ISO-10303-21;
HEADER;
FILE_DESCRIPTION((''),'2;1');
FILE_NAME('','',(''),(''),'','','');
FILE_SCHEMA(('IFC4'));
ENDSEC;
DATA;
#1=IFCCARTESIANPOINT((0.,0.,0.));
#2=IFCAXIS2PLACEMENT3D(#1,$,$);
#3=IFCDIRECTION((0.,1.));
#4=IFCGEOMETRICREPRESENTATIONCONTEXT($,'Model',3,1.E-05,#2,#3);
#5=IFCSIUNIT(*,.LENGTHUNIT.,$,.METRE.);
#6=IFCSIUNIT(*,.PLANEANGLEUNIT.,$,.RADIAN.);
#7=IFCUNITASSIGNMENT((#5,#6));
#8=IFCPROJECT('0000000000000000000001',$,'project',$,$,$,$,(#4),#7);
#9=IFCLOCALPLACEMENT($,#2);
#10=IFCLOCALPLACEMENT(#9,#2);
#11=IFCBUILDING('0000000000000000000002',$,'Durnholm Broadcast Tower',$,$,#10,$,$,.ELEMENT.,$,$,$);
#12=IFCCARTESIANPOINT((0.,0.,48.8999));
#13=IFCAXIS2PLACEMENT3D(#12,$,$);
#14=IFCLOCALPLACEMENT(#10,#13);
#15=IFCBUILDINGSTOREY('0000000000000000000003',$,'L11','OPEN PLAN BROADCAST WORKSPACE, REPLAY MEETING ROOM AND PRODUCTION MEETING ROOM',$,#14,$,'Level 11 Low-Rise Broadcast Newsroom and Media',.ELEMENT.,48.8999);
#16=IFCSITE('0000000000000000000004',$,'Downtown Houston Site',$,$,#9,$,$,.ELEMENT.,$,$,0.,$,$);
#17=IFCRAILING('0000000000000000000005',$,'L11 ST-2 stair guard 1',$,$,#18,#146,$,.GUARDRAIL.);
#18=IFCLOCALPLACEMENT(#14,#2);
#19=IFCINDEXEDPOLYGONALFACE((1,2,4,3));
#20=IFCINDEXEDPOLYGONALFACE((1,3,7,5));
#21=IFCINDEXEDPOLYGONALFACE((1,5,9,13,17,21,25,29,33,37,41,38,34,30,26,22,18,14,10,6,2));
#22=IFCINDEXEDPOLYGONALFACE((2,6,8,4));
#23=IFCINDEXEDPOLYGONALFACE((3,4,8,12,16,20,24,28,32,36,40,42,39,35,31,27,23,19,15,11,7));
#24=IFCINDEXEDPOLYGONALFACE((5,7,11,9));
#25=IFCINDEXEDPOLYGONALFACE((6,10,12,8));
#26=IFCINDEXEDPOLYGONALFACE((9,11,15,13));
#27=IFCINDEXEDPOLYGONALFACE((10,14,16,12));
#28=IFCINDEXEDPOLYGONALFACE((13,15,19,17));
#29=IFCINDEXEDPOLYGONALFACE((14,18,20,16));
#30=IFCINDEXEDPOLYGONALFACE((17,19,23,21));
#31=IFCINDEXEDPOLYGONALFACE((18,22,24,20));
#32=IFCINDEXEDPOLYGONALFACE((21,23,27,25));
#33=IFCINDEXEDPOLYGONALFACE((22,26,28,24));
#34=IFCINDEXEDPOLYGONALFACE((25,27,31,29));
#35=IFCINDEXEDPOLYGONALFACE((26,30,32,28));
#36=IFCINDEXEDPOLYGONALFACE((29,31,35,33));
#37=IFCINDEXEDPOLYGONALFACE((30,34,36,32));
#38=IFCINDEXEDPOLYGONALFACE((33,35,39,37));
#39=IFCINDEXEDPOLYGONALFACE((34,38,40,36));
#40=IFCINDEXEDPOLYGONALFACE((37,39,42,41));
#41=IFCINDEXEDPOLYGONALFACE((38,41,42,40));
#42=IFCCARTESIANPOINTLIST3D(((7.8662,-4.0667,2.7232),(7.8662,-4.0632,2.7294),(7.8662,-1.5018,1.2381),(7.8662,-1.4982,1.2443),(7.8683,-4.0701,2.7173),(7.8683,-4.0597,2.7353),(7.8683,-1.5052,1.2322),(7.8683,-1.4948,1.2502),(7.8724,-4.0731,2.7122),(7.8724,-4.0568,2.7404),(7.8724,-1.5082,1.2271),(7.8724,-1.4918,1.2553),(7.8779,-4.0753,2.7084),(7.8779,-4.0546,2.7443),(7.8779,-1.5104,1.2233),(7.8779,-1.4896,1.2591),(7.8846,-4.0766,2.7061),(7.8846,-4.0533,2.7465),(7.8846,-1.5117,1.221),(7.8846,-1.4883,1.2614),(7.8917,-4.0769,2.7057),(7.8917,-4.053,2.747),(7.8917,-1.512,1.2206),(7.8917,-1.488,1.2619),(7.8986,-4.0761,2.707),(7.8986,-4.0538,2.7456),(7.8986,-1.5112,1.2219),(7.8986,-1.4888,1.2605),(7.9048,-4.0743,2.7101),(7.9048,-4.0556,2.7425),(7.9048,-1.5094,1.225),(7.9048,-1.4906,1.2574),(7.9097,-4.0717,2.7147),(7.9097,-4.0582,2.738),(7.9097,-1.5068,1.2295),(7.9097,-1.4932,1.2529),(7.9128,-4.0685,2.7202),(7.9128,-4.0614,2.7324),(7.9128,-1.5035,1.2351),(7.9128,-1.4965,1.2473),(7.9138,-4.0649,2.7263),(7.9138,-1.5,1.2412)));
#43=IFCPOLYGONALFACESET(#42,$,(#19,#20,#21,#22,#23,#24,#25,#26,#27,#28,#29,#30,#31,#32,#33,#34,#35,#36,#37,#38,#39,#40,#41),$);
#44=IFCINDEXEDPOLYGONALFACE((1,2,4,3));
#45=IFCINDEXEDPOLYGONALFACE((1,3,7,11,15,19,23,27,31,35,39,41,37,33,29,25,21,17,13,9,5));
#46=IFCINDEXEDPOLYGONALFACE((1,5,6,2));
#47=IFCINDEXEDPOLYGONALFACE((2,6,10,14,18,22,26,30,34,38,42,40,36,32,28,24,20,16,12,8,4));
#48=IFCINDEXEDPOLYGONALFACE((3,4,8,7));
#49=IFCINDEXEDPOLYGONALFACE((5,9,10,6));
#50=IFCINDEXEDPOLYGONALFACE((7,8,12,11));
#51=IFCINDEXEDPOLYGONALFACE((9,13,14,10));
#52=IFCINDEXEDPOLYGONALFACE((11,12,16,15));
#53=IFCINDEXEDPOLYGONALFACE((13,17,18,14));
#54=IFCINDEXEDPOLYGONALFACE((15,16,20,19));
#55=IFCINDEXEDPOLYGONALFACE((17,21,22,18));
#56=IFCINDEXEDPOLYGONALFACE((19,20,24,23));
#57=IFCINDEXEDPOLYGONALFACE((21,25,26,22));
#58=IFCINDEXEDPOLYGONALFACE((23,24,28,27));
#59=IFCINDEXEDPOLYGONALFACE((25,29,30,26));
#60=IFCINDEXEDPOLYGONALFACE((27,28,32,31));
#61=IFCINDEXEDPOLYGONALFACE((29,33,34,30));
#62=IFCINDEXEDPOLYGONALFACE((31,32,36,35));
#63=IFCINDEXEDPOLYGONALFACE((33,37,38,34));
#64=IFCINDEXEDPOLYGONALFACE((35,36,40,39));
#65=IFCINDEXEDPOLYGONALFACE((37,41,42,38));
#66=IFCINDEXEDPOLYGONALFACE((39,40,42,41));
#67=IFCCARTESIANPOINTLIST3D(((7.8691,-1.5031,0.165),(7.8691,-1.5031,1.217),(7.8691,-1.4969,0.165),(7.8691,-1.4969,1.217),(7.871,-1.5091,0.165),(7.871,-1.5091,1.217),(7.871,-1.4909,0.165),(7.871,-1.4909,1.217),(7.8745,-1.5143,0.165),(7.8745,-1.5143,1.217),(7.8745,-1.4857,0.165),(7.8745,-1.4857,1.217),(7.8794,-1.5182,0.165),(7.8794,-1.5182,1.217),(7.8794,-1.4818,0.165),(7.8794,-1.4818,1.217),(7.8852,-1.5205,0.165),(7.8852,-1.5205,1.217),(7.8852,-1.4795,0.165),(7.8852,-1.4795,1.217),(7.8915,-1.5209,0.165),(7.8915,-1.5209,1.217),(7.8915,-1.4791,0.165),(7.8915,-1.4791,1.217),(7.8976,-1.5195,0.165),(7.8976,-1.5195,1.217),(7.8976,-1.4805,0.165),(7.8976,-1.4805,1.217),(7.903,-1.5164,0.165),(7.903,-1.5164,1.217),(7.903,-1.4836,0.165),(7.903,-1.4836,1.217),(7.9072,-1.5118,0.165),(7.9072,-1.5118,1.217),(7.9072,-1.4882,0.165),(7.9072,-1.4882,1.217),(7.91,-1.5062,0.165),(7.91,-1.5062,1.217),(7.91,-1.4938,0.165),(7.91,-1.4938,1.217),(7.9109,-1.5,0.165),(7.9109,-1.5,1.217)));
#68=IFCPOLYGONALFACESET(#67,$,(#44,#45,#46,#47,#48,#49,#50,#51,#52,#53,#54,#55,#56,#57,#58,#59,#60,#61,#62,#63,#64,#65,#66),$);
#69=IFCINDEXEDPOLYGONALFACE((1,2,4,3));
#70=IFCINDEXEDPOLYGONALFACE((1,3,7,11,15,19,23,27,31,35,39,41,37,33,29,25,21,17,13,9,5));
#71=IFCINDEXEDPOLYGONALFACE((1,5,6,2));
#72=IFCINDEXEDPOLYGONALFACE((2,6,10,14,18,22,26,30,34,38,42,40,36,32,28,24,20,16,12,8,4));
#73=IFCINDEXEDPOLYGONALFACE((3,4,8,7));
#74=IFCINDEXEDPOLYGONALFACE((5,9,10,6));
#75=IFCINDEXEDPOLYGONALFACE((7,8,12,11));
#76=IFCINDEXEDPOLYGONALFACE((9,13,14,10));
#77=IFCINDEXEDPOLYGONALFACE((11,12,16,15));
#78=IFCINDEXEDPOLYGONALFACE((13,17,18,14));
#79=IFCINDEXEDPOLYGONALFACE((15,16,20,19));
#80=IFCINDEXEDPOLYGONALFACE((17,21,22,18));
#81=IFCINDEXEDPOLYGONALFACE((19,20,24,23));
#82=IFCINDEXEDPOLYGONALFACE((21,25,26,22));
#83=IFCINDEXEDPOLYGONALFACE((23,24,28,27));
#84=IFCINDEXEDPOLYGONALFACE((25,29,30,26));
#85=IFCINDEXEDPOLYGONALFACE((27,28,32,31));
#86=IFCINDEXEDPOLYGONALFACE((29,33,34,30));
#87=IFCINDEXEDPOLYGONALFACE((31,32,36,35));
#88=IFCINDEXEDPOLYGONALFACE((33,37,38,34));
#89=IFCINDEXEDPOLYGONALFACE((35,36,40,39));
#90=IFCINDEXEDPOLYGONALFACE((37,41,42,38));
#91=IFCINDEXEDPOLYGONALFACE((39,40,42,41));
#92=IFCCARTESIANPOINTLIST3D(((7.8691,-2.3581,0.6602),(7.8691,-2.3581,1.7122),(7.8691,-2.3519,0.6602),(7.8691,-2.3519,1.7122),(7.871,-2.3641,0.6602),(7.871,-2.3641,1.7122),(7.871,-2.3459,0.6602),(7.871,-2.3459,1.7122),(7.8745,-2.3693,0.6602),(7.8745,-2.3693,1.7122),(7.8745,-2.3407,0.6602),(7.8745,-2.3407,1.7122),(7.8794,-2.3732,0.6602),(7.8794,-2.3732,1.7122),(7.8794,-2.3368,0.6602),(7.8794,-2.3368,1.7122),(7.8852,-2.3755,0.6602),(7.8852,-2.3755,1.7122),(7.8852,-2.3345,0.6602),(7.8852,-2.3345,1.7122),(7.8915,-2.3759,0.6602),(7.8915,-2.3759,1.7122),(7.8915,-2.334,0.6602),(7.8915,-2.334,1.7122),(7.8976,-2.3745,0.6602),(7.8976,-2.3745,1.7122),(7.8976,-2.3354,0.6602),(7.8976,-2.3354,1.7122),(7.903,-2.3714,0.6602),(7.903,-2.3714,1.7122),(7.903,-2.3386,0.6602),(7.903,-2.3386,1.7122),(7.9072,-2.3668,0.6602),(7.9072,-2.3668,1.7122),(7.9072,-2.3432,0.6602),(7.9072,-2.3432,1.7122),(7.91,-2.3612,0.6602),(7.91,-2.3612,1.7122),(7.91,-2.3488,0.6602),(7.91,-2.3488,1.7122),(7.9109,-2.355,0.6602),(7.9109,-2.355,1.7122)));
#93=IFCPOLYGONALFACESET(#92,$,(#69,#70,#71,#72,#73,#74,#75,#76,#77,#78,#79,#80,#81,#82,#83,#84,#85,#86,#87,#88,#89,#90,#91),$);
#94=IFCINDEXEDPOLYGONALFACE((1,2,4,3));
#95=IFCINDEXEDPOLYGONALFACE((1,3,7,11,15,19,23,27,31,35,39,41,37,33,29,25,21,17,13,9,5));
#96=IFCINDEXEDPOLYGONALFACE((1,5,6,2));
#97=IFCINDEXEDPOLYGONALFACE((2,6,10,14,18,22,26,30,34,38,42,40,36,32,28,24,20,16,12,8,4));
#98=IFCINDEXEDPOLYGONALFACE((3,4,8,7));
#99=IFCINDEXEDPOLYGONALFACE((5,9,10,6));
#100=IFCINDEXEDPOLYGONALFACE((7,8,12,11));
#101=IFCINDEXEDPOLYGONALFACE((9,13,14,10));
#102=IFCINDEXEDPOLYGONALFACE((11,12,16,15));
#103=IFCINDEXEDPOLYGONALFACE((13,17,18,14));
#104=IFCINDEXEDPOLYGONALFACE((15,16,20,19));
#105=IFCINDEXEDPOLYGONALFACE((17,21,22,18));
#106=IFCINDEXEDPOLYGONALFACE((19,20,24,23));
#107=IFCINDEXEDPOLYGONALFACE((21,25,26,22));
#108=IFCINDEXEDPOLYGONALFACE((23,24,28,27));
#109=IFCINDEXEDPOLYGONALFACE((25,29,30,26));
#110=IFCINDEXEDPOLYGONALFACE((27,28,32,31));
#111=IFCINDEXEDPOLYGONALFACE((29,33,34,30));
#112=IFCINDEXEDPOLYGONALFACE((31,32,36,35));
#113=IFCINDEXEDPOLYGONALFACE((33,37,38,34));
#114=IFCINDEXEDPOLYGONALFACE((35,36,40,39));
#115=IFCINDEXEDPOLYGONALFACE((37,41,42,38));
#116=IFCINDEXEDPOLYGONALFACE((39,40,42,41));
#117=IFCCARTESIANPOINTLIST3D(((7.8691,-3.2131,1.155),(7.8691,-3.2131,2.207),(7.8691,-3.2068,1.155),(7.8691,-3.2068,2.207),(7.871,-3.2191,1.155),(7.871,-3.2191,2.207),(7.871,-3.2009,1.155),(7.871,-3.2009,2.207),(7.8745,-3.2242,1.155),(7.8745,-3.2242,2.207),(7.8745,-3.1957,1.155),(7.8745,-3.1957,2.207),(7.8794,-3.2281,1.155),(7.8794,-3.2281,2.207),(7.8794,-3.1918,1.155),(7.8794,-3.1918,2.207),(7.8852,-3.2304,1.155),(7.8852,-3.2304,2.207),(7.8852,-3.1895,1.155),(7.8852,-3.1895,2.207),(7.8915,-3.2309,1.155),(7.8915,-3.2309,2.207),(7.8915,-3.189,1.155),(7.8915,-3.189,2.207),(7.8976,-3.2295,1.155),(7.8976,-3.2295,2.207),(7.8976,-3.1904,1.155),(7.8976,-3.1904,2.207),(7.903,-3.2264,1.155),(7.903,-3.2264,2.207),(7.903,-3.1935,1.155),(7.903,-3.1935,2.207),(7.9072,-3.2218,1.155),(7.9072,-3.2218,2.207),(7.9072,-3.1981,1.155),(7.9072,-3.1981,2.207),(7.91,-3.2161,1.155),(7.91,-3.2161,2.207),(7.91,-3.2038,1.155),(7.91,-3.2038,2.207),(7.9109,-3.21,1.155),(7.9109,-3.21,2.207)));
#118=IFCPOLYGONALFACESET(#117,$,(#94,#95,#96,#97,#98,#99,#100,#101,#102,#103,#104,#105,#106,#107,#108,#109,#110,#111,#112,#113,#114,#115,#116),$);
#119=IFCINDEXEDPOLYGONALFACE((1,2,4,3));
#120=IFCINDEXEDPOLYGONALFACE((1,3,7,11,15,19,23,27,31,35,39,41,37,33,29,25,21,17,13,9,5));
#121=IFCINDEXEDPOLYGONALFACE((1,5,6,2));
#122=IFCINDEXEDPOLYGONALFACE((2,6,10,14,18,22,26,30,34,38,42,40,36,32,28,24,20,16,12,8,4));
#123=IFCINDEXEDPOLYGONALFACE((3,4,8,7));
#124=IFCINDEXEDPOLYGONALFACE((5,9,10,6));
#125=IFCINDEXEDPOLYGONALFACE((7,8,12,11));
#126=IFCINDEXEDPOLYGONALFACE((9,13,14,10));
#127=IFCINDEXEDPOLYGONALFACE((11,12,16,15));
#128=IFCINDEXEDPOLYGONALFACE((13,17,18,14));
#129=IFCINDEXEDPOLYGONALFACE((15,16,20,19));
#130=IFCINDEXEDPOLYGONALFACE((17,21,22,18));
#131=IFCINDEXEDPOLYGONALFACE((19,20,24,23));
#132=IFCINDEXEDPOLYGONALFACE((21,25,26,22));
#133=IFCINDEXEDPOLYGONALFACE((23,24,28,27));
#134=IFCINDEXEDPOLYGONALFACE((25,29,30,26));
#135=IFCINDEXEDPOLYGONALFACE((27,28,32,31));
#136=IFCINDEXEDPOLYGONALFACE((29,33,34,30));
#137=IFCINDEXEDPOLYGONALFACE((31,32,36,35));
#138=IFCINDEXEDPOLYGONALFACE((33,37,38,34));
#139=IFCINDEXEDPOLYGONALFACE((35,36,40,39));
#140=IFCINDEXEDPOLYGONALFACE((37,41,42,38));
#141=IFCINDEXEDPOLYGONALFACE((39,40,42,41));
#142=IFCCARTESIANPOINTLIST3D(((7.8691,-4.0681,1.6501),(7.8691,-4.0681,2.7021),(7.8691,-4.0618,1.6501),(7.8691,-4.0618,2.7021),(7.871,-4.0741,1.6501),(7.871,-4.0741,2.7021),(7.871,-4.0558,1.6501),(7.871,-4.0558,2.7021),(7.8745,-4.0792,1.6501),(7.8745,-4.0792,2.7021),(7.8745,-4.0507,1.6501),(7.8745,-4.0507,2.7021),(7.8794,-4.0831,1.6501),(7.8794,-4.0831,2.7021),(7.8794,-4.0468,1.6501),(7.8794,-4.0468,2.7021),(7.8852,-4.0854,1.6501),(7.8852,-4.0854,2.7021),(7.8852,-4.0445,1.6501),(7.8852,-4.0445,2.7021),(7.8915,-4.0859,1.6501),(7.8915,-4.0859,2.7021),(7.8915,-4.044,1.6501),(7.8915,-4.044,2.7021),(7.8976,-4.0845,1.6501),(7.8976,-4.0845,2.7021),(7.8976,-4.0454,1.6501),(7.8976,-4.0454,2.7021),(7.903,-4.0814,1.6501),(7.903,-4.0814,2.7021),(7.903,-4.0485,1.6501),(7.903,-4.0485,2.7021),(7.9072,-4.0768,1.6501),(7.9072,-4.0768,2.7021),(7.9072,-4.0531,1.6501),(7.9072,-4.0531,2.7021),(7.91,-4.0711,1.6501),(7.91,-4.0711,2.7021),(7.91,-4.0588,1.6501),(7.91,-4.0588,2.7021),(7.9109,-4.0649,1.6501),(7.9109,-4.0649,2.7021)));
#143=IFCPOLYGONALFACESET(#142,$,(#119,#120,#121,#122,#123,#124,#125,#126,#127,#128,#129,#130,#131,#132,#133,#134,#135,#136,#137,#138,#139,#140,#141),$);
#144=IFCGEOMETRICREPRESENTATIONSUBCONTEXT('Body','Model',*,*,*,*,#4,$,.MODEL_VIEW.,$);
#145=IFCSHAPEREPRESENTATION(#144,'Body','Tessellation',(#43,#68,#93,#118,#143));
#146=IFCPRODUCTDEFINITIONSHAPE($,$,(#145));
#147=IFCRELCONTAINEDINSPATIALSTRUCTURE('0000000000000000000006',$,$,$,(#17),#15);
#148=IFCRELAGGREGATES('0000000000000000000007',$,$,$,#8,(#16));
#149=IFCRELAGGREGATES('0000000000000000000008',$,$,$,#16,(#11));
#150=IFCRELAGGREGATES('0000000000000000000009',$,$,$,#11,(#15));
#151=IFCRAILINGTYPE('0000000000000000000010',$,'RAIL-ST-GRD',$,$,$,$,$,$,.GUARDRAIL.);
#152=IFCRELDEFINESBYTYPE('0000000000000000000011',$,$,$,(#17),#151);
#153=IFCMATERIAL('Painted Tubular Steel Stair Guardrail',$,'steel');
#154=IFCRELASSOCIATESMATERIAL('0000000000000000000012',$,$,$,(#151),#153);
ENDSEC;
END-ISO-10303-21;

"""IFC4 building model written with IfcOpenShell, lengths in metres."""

from ifc_helpers import new_model, si_unit, direction, frame, origin, origin_2d, place, context, subcontext, project, spatial, circle, extrude, material, type_object, element, save


model = new_model("IFC4")

# Units and contexts
model_context = context("Model", 3, precision=1e-05, world=origin(), true_north=direction((0.0, 1.0)))
body_context = subcontext(model_context, "Body", "Model", "MODEL_VIEW")
ifc_project = project(units=[si_unit("LENGTHUNIT", "METRE"), si_unit("PLANEANGLEUNIT", "RADIAN")], contexts=[model_context])

# Site, building, storey
site_placement = place(None, origin())
site = spatial("IfcSite", under=ifc_project, at=site_placement, Name="Downtown Houston Site", CompositionType="ELEMENT", RefElevation=0.0)
building_placement = place(site_placement, origin())
building = spatial("IfcBuilding", under=site, at=building_placement, Name="Durnholm Broadcast Tower", CompositionType="ELEMENT")
storey_placement = place(building_placement, frame((0.0, 0.0, 48.8999)))
storey = spatial("IfcBuildingStorey", under=building, at=storey_placement, Name="L11", Description="OPEN PLAN BROADCAST WORKSPACE, REPLAY MEETING ROOM AND PRODUCTION MEETING ROOM", LongName="Level 11 Low-Rise Broadcast Newsroom and Media", CompositionType="ELEMENT", Elevation=48.8999)

# Railing
ifc_material_1 = material(Name="Painted Tubular Steel Stair Guardrail", Category="steel")
railing_type_1 = type_object("IfcRailingType", Name="RAIL-ST-GRD", PredefinedType="GUARDRAIL", material=ifc_material_1)
railing_1_placement = place(storey_placement, frame((7.8899, -1.5, 0.165)))
element("IfcRailing", 1, at=railing_1_placement, inside=storey, type_object=railing_type_1, Name="L11 ST-2 stair guard 1", PredefinedType="GUARDRAIL", context=body_context, shape_type="SweptSolid", body=[
    extrude(circle(Radius=0.0239, at=origin_2d()), frame((0.0, 0.0, 1.0762), z_axis=(0.0, -0.865406, 0.501072), x_axis=(1.0, 0.0, 0.0)), (0.0, 0.0, 1.0), 2.9639),
    extrude(circle(Radius=0.021, at=origin_2d()), origin(), (0.0, 0.0, 1.0), 1.052),
    extrude(circle(Radius=0.021, at=origin_2d()), frame((0.0, -0.855, 0.4951)), (0.0, 0.0, 1.0), 1.052),
    extrude(circle(Radius=0.021, at=origin_2d()), frame((0.0, -1.71, 0.99)), (0.0, 0.0, 1.0), 1.052),
    extrude(circle(Radius=0.021, at=origin_2d()), frame((0.0, -2.5649, 1.4851)), (0.0, 0.0, 1.0), 1.052),
])

save(model, "model.ifc")
